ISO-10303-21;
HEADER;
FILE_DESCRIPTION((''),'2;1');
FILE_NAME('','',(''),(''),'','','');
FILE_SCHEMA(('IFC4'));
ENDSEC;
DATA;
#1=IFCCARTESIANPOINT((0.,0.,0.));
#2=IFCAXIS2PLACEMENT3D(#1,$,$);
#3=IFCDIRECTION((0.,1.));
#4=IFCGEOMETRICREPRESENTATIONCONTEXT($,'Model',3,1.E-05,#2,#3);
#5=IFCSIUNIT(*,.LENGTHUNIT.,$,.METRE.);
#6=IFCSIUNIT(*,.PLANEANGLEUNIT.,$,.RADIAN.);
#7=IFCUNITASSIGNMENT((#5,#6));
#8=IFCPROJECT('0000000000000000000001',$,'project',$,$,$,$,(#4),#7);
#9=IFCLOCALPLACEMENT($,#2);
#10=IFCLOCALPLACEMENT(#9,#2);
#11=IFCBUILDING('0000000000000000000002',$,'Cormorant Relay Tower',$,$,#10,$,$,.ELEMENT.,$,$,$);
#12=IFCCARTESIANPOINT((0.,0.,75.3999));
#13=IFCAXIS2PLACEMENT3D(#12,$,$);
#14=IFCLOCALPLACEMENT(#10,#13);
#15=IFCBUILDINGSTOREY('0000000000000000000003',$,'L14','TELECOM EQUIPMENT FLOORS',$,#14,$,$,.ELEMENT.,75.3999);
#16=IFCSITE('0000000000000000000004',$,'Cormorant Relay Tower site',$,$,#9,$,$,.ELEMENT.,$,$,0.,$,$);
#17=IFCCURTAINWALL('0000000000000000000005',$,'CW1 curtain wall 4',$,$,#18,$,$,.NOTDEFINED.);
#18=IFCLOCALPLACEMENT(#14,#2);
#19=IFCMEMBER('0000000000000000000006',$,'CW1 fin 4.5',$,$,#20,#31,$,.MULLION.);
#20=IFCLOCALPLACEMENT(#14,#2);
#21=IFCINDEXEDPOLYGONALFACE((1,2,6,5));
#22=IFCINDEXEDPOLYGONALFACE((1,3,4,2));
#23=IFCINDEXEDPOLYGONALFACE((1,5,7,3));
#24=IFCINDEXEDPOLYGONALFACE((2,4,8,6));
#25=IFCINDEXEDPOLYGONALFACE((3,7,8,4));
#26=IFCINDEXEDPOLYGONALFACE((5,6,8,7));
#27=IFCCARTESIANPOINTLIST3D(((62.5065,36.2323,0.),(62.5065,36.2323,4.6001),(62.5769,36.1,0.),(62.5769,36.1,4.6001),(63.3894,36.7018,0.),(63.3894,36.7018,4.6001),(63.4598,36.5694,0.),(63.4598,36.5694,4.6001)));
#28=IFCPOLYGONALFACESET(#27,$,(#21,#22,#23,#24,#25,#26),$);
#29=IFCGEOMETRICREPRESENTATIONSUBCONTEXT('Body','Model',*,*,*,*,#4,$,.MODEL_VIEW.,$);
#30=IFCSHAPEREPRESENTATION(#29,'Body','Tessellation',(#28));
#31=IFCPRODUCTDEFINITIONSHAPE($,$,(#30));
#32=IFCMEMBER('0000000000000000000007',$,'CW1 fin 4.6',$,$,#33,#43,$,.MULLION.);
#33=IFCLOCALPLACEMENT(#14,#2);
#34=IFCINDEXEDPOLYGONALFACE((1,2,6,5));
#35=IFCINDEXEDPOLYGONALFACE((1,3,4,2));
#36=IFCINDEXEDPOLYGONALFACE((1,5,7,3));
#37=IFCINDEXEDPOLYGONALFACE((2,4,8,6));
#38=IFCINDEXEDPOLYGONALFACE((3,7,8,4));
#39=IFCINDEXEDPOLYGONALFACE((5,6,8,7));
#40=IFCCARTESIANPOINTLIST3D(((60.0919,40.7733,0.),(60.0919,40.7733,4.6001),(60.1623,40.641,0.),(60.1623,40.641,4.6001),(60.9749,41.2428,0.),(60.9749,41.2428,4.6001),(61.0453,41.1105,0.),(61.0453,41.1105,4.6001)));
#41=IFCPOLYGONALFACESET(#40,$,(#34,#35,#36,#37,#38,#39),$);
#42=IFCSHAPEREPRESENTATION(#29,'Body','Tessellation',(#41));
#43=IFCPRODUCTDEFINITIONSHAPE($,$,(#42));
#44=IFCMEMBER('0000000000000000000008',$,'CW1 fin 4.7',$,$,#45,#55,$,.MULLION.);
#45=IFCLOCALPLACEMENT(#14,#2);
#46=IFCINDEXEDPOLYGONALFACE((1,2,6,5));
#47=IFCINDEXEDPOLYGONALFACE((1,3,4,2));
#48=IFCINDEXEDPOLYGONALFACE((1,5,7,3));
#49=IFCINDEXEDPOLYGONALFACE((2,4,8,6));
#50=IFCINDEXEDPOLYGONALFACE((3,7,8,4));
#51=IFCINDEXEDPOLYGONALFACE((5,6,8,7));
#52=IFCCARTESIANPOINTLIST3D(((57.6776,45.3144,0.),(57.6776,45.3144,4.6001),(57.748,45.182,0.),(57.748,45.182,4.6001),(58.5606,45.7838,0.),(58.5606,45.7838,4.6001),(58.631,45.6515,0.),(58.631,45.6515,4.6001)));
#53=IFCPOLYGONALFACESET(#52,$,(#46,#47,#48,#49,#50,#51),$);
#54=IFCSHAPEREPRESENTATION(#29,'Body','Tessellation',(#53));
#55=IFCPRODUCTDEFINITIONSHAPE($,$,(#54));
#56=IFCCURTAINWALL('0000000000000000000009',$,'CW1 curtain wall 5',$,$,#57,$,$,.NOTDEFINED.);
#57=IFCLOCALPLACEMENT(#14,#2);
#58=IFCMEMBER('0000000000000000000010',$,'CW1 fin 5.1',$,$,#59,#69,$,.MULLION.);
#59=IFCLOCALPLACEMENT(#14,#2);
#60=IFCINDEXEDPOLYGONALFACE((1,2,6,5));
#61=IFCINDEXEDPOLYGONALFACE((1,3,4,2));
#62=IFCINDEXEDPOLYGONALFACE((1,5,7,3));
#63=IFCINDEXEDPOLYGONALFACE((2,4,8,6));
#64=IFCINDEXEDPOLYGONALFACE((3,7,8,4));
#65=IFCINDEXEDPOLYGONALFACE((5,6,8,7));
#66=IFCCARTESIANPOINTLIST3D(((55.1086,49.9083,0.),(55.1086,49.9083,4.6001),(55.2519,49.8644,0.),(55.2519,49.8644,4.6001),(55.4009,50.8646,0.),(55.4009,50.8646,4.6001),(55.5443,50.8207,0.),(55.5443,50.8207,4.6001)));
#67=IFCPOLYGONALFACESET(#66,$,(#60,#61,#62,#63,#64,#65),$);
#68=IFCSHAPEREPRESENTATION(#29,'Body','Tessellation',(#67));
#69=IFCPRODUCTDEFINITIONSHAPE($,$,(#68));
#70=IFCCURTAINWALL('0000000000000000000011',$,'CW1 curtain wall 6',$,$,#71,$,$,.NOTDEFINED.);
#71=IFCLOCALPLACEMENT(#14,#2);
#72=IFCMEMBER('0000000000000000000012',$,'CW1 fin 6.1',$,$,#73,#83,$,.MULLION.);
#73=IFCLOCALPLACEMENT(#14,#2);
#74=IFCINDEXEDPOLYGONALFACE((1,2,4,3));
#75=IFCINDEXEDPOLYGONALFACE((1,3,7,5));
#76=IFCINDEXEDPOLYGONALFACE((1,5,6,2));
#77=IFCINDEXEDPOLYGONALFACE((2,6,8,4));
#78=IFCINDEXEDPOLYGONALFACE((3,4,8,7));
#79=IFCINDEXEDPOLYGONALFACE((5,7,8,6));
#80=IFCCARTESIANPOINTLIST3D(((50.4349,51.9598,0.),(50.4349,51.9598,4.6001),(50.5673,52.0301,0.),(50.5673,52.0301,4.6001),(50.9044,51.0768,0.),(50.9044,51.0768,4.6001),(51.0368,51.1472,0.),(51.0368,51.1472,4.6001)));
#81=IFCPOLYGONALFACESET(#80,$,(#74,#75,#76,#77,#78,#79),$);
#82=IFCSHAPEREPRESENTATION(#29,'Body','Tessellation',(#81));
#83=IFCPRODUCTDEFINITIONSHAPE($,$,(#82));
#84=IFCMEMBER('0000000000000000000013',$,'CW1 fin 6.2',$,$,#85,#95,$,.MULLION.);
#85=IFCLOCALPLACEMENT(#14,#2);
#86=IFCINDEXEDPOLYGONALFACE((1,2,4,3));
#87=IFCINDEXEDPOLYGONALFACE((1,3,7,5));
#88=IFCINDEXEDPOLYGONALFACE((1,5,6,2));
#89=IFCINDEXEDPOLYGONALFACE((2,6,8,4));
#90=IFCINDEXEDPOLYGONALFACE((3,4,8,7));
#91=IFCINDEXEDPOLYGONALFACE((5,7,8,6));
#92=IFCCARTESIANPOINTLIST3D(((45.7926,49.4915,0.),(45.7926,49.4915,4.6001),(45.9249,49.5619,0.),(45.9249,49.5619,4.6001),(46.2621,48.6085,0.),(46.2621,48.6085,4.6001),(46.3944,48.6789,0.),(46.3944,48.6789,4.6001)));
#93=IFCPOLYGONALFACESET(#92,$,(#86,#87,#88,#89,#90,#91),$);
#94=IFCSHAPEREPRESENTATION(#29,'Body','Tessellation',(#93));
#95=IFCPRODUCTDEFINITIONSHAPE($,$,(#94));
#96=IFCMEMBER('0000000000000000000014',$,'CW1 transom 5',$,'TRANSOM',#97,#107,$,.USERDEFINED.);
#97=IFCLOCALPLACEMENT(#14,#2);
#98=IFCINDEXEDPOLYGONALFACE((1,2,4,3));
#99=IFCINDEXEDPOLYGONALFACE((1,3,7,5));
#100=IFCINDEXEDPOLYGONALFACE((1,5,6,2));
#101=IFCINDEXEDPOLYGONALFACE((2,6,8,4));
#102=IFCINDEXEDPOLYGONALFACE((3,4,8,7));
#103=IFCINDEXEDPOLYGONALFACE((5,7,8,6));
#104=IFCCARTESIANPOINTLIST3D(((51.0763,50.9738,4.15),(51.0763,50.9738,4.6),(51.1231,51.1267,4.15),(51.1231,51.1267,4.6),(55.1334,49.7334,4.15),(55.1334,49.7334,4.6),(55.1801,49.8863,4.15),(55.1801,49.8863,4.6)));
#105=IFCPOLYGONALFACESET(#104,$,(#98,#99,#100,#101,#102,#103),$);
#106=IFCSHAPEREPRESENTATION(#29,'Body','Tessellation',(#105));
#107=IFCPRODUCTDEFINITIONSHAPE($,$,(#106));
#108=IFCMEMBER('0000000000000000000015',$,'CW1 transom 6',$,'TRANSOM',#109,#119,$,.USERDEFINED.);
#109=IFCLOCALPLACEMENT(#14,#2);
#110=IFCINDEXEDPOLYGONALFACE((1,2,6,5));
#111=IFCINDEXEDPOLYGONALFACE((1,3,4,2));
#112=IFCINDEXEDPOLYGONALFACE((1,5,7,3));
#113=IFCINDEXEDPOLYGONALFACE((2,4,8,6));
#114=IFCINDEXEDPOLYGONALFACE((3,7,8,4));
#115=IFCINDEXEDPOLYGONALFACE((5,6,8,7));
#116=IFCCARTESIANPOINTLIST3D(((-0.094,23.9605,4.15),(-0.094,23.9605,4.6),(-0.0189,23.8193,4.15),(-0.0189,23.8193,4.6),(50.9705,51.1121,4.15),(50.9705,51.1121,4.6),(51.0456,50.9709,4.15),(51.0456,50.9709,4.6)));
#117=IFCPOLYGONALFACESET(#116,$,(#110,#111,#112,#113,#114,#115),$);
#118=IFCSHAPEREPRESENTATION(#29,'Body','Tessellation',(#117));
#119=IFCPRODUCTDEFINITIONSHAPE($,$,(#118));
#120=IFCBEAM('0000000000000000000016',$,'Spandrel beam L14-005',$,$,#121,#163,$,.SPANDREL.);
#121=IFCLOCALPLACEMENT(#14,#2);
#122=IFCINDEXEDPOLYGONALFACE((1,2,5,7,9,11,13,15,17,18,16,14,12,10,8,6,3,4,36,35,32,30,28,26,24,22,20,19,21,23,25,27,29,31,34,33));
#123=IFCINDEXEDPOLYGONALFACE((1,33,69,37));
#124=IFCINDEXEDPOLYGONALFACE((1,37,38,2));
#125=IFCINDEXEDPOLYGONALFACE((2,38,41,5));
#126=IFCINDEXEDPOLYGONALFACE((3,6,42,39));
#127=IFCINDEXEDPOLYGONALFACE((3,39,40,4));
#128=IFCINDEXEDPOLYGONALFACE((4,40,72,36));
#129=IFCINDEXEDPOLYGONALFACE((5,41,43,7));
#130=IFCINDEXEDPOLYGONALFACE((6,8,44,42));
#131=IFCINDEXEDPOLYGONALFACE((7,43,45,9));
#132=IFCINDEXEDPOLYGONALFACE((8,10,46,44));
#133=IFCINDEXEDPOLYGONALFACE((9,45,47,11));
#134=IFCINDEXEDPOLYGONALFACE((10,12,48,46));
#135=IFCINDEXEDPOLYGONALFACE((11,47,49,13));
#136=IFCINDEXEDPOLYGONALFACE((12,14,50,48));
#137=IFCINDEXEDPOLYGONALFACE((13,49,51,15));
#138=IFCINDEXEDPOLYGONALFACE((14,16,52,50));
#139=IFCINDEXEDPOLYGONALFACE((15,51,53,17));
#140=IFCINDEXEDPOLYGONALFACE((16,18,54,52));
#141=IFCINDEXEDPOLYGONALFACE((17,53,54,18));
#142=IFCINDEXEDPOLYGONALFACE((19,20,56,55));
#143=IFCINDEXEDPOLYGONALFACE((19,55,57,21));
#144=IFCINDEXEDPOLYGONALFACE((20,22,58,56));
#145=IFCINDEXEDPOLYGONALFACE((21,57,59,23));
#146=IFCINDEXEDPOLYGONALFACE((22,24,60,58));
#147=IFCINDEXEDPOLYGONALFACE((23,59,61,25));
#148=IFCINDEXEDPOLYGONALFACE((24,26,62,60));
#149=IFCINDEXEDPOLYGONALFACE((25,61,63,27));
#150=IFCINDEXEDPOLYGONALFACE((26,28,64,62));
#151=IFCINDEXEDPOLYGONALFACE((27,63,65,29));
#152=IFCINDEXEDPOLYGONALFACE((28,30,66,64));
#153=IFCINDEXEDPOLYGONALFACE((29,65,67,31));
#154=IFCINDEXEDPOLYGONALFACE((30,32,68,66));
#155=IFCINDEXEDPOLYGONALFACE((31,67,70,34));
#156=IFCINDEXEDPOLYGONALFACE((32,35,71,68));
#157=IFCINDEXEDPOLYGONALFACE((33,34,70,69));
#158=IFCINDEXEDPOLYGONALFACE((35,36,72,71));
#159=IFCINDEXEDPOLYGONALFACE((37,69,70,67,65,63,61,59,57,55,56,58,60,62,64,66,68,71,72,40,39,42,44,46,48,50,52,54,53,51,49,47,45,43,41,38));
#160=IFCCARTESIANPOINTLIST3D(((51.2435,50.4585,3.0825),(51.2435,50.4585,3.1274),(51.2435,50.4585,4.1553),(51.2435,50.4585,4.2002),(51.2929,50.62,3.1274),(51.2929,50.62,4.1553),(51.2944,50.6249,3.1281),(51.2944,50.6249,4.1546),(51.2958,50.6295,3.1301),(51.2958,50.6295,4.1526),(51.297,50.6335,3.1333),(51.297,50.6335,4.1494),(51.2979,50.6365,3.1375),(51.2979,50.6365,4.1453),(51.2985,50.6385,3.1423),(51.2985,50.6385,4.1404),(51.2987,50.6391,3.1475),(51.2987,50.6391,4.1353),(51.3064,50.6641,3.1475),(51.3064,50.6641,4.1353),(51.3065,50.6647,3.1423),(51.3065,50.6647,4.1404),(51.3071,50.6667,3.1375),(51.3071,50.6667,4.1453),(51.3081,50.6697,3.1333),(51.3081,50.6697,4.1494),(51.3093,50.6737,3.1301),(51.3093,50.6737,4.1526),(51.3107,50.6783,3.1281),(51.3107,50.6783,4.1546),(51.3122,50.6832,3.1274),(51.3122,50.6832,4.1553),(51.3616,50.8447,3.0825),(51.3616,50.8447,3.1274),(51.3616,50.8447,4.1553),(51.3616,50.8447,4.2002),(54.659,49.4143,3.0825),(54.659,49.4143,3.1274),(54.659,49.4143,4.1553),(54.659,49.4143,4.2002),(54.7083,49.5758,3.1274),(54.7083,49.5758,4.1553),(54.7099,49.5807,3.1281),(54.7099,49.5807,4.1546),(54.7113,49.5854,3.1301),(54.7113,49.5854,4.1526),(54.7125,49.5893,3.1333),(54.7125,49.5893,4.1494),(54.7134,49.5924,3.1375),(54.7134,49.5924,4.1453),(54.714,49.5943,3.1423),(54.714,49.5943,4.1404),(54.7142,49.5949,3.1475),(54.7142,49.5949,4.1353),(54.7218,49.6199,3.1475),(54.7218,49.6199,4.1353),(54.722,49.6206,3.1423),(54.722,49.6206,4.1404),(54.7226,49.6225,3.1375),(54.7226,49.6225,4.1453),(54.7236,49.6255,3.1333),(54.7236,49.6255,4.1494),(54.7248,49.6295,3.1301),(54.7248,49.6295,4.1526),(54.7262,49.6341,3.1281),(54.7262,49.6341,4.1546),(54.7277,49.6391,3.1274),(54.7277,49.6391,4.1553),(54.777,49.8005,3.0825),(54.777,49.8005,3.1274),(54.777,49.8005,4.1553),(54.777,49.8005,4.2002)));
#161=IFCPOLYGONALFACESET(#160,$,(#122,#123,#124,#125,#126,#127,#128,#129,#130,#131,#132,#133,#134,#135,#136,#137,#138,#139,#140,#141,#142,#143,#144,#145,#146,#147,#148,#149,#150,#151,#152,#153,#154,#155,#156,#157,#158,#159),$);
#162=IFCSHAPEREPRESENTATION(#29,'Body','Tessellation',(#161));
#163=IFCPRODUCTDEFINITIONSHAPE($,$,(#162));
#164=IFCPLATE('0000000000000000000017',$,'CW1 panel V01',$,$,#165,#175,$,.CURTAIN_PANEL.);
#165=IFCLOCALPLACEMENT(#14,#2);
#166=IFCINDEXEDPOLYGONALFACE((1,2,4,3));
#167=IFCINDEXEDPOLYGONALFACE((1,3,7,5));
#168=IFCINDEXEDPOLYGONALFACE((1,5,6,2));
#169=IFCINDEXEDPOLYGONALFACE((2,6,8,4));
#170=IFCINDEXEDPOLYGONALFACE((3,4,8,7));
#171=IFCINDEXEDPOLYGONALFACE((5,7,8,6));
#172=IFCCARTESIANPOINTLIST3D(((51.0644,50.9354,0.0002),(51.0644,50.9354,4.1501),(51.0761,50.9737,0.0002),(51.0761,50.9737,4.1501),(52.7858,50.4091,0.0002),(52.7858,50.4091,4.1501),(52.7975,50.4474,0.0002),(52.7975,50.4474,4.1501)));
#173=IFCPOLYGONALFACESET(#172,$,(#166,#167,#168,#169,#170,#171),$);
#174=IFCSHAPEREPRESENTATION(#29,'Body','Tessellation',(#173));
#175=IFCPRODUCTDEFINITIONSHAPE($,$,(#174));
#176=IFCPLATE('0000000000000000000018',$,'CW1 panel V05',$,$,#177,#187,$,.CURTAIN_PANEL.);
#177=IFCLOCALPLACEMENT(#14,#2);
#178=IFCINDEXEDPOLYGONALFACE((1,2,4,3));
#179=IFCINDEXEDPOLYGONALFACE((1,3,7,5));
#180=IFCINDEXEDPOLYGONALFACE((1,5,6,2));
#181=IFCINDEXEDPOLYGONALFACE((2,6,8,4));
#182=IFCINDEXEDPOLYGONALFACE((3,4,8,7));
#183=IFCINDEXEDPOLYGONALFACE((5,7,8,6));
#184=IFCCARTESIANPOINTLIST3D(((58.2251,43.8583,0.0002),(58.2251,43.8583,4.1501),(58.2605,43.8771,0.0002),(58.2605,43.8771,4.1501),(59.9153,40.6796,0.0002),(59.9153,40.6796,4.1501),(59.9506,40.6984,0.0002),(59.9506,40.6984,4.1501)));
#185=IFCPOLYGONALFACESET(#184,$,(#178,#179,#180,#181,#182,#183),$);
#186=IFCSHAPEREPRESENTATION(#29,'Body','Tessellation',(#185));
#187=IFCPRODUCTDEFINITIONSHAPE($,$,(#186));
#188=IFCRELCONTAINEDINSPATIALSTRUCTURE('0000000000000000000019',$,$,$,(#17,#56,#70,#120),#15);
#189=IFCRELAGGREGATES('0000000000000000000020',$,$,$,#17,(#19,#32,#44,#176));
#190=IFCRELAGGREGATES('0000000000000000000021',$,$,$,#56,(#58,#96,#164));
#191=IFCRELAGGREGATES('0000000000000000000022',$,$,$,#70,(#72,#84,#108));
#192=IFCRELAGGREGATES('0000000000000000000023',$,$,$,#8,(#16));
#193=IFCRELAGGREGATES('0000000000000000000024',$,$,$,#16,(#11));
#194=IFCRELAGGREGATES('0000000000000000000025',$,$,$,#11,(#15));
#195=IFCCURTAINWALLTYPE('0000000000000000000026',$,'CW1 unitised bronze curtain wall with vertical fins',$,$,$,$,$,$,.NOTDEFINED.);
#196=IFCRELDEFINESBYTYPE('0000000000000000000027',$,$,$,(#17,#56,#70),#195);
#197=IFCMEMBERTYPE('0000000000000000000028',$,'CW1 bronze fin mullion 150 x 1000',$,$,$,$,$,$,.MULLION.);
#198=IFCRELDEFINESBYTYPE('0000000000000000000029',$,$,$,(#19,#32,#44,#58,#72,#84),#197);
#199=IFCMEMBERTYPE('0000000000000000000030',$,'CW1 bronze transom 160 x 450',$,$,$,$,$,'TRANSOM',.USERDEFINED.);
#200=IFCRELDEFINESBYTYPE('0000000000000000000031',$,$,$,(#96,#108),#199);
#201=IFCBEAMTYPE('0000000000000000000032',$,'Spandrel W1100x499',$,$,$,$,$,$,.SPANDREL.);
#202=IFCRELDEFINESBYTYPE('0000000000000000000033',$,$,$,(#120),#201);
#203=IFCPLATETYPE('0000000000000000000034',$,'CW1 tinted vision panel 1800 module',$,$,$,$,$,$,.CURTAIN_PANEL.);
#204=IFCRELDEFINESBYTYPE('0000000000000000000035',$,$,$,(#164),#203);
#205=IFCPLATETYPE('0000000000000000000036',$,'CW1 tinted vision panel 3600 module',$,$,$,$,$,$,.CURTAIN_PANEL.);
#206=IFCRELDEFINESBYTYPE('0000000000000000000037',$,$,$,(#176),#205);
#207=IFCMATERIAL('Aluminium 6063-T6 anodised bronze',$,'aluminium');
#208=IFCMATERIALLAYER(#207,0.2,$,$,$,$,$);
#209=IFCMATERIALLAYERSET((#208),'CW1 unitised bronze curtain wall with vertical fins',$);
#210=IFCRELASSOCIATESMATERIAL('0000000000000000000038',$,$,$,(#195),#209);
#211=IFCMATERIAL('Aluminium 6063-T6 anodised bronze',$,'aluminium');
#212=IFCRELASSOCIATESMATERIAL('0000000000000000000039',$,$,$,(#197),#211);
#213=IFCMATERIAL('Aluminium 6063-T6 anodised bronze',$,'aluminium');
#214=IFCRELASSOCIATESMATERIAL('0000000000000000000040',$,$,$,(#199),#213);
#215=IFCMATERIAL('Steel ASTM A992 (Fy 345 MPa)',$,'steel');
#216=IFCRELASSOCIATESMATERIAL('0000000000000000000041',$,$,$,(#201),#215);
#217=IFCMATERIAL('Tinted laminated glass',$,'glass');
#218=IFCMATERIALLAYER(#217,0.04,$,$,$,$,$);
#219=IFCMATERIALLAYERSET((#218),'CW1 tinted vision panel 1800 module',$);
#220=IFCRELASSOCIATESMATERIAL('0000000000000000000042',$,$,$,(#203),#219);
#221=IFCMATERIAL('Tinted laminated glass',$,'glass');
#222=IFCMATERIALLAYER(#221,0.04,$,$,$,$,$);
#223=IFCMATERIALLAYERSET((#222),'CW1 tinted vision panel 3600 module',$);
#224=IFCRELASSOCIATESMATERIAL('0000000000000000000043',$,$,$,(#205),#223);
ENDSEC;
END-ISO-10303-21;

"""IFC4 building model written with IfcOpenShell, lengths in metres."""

from ifc_helpers import new_model, si_unit, direction, frame, origin, origin_2d, place, context, subcontext, project, spatial, rectangle, i_section, extrude, material, layer, layer_set, material_profile, profile_set, type_object, element, aggregate, save


model = new_model("IFC4")

# Units and contexts
model_context = context("Model", 3, precision=1e-05, world=origin(), true_north=direction((0.0, 1.0)))
body_context = subcontext(model_context, "Body", "Model", "MODEL_VIEW")
ifc_project = project(units=[si_unit("LENGTHUNIT", "METRE"), si_unit("PLANEANGLEUNIT", "RADIAN")], contexts=[model_context])

# Site, building, storey
site_placement = place(None, origin())
site = spatial("IfcSite", under=ifc_project, at=site_placement, Name="Cormorant Relay Tower site", CompositionType="ELEMENT", RefElevation=0.0)
building_placement = place(site_placement, origin())
building = spatial("IfcBuilding", under=site, at=building_placement, Name="Cormorant Relay Tower", CompositionType="ELEMENT")
storey_placement = place(building_placement, frame((0.0, 0.0, 75.3999)))
storey = spatial("IfcBuildingStorey", under=building, at=storey_placement, Name="L14", Description="TELECOM EQUIPMENT FLOORS", CompositionType="ELEMENT", Elevation=75.3999)

# Curtain wall, members
ifc_material_1 = material(Name="Aluminium 6063-T6 anodised bronze", Category="aluminium")
ifc_layer_1 = layer(ifc_material_1, 0.2)
ifc_layer_set_1 = layer_set([ifc_layer_1], Name="CW1 unitised bronze curtain wall with vertical fins")
curtain_wall_type = type_object("IfcCurtainWallType", Name="CW1 unitised bronze curtain wall with vertical fins", PredefinedType="NOTDEFINED", material=ifc_layer_set_1)
curtain_wall_1_placement = place(storey_placement, origin())
curtain_wall_1 = element("IfcCurtainWall", 1, at=curtain_wall_1_placement, inside=storey, type_object=curtain_wall_type, Name="CW1 curtain wall 4", PredefinedType="NOTDEFINED")
ifc_material_2 = material(Name="Aluminium 6063-T6 anodised bronze", Category="aluminium")
ifc_material_profile_1 = material_profile(ifc_material_2, rectangle(XDim=0.1499, YDim=1.0, at=origin_2d()), Name="AL 150x1000")
ifc_profile_set_1 = profile_set([ifc_material_profile_1], Name="Aluminium 6063-T6 anodised bronze")
member_type_1 = type_object("IfcMemberType", Name="CW1 bronze fin mullion 150 x 1000", PredefinedType="MULLION", material=ifc_profile_set_1)
member_1_placement = place(storey_placement, frame((62.9832, 36.4009, 0.0), z_axis=(0.0, 0.0, 1.0), x_axis=(-0.469472, 0.882948, 0.0)))
member_1 = element("IfcMember", 2, at=member_1_placement, type_object=member_type_1, Name="CW1 fin 4.5", PredefinedType="MULLION", context=body_context, shape_type="SweptSolid", body=[
    extrude(rectangle(XDim=0.1499, YDim=1.0, at=origin_2d()), origin(), (0.0, 0.0, 1.0), 4.6001),
])
member_2_placement = place(storey_placement, frame((60.5686, 40.9419, 0.0), z_axis=(0.0, 0.0, 1.0), x_axis=(-0.469472, 0.882948, 0.0)))
member_2 = element("IfcMember", 3, at=member_2_placement, type_object=member_type_1, Name="CW1 fin 4.6", PredefinedType="MULLION", context=body_context, shape_type="SweptSolid", body=[
    extrude(rectangle(XDim=0.1499, YDim=1.0, at=origin_2d()), origin(), (0.0, 0.0, 1.0), 4.6001),
])
member_3_placement = place(storey_placement, frame((58.1543, 45.4829, 0.0), z_axis=(0.0, 0.0, 1.0), x_axis=(-0.469472, 0.882948, 0.0)))
member_3 = element("IfcMember", 4, at=member_3_placement, type_object=member_type_1, Name="CW1 fin 4.7", PredefinedType="MULLION", context=body_context, shape_type="SweptSolid", body=[
    extrude(rectangle(XDim=0.1499, YDim=1.0, at=origin_2d()), origin(), (0.0, 0.0, 1.0), 4.6001),
])

# Curtain wall, member
curtain_wall_2_placement = place(storey_placement, origin())
curtain_wall_2 = element("IfcCurtainWall", 5, at=curtain_wall_2_placement, inside=storey, type_object=curtain_wall_type, Name="CW1 curtain wall 5", PredefinedType="NOTDEFINED")
member_4_placement = place(storey_placement, frame((55.3264, 50.3645, 0.0), z_axis=(0.0, 0.0, 1.0), x_axis=(-0.956305, 0.292372, 0.0)))
member_4 = element("IfcMember", 6, at=member_4_placement, type_object=member_type_1, Name="CW1 fin 5.1", PredefinedType="MULLION", context=body_context, shape_type="SweptSolid", body=[
    extrude(rectangle(XDim=0.1499, YDim=1.0, at=origin_2d()), origin(), (0.0, 0.0, 1.0), 4.6001),
])

# Curtain wall, members
curtain_wall_3_placement = place(storey_placement, origin())
curtain_wall_3 = element("IfcCurtainWall", 7, at=curtain_wall_3_placement, inside=storey, type_object=curtain_wall_type, Name="CW1 curtain wall 6", PredefinedType="NOTDEFINED")
member_5_placement = place(storey_placement, frame((50.7358, 51.5535, 0.0), z_axis=(0.0, 0.0, 1.0), x_axis=(-0.882948, -0.469472, 0.0)))
member_5 = element("IfcMember", 8, at=member_5_placement, type_object=member_type_1, Name="CW1 fin 6.1", PredefinedType="MULLION", context=body_context, shape_type="SweptSolid", body=[
    extrude(rectangle(XDim=0.1499, YDim=1.0, at=origin_2d()), origin(), (0.0, 0.0, 1.0), 4.6001),
])
member_6_placement = place(storey_placement, frame((46.0935, 49.0852, 0.0), z_axis=(0.0, 0.0, 1.0), x_axis=(-0.882948, -0.469472, 0.0)))
member_6 = element("IfcMember", 9, at=member_6_placement, type_object=member_type_1, Name="CW1 fin 6.2", PredefinedType="MULLION", context=body_context, shape_type="SweptSolid", body=[
    extrude(rectangle(XDim=0.1499, YDim=1.0, at=origin_2d()), origin(), (0.0, 0.0, 1.0), 4.6001),
])

# Members
ifc_material_3 = material(Name="Aluminium 6063-T6 anodised bronze", Category="aluminium")
ifc_material_profile_2 = material_profile(ifc_material_3, rectangle(XDim=0.1599, YDim=0.45, at=origin_2d()), Name="AL 160x450")
ifc_profile_set_2 = profile_set([ifc_material_profile_2], Name="Aluminium 6063-T6 anodised bronze")
member_type_2 = type_object("IfcMemberType", Name="CW1 bronze transom 160 x 450", ElementType="TRANSOM", PredefinedType="USERDEFINED", material=ifc_profile_set_2)
member_7_placement = place(storey_placement, frame((55.1567, 49.8098, 4.375), z_axis=(-0.956299, 0.292391, 0.0), x_axis=(-0.292391, -0.956299, 0.0)))
member_7 = element("IfcMember", 10, at=member_7_placement, type_object=member_type_2, Name="CW1 transom 5", ObjectType="TRANSOM", PredefinedType="USERDEFINED", context=body_context, shape_type="SweptSolid", body=[
    extrude(rectangle(XDim=0.1599, YDim=0.45, at=origin_2d()), origin(), (0.0, 0.0, 1.0), 4.2424),
])
member_8_placement = place(storey_placement, frame((51.0081, 51.0415, 4.375), z_axis=(-0.882946, -0.469474, 0.0), x_axis=(0.469474, -0.882946, 0.0)))
member_8 = element("IfcMember", 11, at=member_8_placement, type_object=member_type_2, Name="CW1 transom 6", ObjectType="TRANSOM", PredefinedType="USERDEFINED", context=body_context, shape_type="SweptSolid", body=[
    extrude(rectangle(XDim=0.1599, YDim=0.45, at=origin_2d()), origin(), (0.0, 0.0, 1.0), 57.8342),
])

# Beam
ifc_material_4 = material(Name="Steel ASTM A992 (Fy 345 MPa)", Category="steel")
ifc_material_profile_3 = material_profile(ifc_material_4, i_section(OverallWidth=0.4038, OverallDepth=1.1177, WebThickness=0.0261, FlangeThickness=0.0449, FilletRadius=0.02, at=origin_2d()), Name="W1100x499")
ifc_profile_set_3 = profile_set([ifc_material_profile_3], Name="Steel ASTM A992 (Fy 345 MPa)")
beam_type = type_object("IfcBeamType", Name="Spandrel W1100x499", PredefinedType="SPANDREL", material=ifc_profile_set_3)
beam_placement = place(storey_placement, frame((54.718, 49.6074, 3.6414), z_axis=(-0.956308, 0.292361, 0.0), x_axis=(-0.292361, -0.956308, 0.0)))
element("IfcBeam", 12, at=beam_placement, inside=storey, type_object=beam_type, Name="Spandrel beam L14-005", PredefinedType="SPANDREL", context=body_context, shape_type="SweptSolid", body=[
    extrude(i_section(OverallWidth=0.4038, OverallDepth=1.1177, WebThickness=0.0261, FlangeThickness=0.0449, FilletRadius=0.02, at=origin_2d()), origin(), (0.0, 0.0, 1.0), 3.5715),
])

# Plates
ifc_material_5 = material(Name="Tinted laminated glass", Category="glass")
ifc_layer_2 = layer(ifc_material_5, 0.04)
ifc_layer_set_2 = layer_set([ifc_layer_2], Name="CW1 tinted vision panel 1800 module")
plate_type_1 = type_object("IfcPlateType", Name="CW1 tinted vision panel 1800 module", PredefinedType="CURTAIN_PANEL", material=ifc_layer_set_2)
plate_1_placement = place(storey_placement, frame((51.9309, 50.6914, 0.0002), z_axis=(0.0, 0.0, 1.0), x_axis=(-0.956305, 0.292372, 0.0)))
plate_1 = element("IfcPlate", 13, at=plate_1_placement, type_object=plate_type_1, Name="CW1 panel V01", PredefinedType="CURTAIN_PANEL", context=body_context, shape_type="SweptSolid", body=[
    extrude(rectangle(XDim=1.8, YDim=0.04, at=origin_2d()), origin(), (0.0, 0.0, 1.0), 4.1499),
])
ifc_material_6 = material(Name="Tinted laminated glass", Category="glass")
ifc_layer_3 = layer(ifc_material_6, 0.04)
ifc_layer_set_3 = layer_set([ifc_layer_3], Name="CW1 tinted vision panel 3600 module")
plate_type_2 = type_object("IfcPlateType", Name="CW1 tinted vision panel 3600 module", PredefinedType="CURTAIN_PANEL", material=ifc_layer_set_3)
plate_2_placement = place(storey_placement, frame((59.0879, 42.2783, 0.0002), z_axis=(0.0, 0.0, 1.0), x_axis=(-0.469472, 0.882948, 0.0)))
plate_2 = element("IfcPlate", 14, at=plate_2_placement, type_object=plate_type_2, Name="CW1 panel V05", PredefinedType="CURTAIN_PANEL", context=body_context, shape_type="SweptSolid", body=[
    extrude(rectangle(XDim=3.6001, YDim=0.04, at=origin_2d()), origin(), (0.0, 0.0, 1.0), 4.1499),
])

aggregate(curtain_wall_1, [member_1, member_2, member_3, plate_2])
aggregate(curtain_wall_2, [member_4, member_7, plate_1])
aggregate(curtain_wall_3, [member_5, member_6, member_8])

save(model, "model.ifc")
